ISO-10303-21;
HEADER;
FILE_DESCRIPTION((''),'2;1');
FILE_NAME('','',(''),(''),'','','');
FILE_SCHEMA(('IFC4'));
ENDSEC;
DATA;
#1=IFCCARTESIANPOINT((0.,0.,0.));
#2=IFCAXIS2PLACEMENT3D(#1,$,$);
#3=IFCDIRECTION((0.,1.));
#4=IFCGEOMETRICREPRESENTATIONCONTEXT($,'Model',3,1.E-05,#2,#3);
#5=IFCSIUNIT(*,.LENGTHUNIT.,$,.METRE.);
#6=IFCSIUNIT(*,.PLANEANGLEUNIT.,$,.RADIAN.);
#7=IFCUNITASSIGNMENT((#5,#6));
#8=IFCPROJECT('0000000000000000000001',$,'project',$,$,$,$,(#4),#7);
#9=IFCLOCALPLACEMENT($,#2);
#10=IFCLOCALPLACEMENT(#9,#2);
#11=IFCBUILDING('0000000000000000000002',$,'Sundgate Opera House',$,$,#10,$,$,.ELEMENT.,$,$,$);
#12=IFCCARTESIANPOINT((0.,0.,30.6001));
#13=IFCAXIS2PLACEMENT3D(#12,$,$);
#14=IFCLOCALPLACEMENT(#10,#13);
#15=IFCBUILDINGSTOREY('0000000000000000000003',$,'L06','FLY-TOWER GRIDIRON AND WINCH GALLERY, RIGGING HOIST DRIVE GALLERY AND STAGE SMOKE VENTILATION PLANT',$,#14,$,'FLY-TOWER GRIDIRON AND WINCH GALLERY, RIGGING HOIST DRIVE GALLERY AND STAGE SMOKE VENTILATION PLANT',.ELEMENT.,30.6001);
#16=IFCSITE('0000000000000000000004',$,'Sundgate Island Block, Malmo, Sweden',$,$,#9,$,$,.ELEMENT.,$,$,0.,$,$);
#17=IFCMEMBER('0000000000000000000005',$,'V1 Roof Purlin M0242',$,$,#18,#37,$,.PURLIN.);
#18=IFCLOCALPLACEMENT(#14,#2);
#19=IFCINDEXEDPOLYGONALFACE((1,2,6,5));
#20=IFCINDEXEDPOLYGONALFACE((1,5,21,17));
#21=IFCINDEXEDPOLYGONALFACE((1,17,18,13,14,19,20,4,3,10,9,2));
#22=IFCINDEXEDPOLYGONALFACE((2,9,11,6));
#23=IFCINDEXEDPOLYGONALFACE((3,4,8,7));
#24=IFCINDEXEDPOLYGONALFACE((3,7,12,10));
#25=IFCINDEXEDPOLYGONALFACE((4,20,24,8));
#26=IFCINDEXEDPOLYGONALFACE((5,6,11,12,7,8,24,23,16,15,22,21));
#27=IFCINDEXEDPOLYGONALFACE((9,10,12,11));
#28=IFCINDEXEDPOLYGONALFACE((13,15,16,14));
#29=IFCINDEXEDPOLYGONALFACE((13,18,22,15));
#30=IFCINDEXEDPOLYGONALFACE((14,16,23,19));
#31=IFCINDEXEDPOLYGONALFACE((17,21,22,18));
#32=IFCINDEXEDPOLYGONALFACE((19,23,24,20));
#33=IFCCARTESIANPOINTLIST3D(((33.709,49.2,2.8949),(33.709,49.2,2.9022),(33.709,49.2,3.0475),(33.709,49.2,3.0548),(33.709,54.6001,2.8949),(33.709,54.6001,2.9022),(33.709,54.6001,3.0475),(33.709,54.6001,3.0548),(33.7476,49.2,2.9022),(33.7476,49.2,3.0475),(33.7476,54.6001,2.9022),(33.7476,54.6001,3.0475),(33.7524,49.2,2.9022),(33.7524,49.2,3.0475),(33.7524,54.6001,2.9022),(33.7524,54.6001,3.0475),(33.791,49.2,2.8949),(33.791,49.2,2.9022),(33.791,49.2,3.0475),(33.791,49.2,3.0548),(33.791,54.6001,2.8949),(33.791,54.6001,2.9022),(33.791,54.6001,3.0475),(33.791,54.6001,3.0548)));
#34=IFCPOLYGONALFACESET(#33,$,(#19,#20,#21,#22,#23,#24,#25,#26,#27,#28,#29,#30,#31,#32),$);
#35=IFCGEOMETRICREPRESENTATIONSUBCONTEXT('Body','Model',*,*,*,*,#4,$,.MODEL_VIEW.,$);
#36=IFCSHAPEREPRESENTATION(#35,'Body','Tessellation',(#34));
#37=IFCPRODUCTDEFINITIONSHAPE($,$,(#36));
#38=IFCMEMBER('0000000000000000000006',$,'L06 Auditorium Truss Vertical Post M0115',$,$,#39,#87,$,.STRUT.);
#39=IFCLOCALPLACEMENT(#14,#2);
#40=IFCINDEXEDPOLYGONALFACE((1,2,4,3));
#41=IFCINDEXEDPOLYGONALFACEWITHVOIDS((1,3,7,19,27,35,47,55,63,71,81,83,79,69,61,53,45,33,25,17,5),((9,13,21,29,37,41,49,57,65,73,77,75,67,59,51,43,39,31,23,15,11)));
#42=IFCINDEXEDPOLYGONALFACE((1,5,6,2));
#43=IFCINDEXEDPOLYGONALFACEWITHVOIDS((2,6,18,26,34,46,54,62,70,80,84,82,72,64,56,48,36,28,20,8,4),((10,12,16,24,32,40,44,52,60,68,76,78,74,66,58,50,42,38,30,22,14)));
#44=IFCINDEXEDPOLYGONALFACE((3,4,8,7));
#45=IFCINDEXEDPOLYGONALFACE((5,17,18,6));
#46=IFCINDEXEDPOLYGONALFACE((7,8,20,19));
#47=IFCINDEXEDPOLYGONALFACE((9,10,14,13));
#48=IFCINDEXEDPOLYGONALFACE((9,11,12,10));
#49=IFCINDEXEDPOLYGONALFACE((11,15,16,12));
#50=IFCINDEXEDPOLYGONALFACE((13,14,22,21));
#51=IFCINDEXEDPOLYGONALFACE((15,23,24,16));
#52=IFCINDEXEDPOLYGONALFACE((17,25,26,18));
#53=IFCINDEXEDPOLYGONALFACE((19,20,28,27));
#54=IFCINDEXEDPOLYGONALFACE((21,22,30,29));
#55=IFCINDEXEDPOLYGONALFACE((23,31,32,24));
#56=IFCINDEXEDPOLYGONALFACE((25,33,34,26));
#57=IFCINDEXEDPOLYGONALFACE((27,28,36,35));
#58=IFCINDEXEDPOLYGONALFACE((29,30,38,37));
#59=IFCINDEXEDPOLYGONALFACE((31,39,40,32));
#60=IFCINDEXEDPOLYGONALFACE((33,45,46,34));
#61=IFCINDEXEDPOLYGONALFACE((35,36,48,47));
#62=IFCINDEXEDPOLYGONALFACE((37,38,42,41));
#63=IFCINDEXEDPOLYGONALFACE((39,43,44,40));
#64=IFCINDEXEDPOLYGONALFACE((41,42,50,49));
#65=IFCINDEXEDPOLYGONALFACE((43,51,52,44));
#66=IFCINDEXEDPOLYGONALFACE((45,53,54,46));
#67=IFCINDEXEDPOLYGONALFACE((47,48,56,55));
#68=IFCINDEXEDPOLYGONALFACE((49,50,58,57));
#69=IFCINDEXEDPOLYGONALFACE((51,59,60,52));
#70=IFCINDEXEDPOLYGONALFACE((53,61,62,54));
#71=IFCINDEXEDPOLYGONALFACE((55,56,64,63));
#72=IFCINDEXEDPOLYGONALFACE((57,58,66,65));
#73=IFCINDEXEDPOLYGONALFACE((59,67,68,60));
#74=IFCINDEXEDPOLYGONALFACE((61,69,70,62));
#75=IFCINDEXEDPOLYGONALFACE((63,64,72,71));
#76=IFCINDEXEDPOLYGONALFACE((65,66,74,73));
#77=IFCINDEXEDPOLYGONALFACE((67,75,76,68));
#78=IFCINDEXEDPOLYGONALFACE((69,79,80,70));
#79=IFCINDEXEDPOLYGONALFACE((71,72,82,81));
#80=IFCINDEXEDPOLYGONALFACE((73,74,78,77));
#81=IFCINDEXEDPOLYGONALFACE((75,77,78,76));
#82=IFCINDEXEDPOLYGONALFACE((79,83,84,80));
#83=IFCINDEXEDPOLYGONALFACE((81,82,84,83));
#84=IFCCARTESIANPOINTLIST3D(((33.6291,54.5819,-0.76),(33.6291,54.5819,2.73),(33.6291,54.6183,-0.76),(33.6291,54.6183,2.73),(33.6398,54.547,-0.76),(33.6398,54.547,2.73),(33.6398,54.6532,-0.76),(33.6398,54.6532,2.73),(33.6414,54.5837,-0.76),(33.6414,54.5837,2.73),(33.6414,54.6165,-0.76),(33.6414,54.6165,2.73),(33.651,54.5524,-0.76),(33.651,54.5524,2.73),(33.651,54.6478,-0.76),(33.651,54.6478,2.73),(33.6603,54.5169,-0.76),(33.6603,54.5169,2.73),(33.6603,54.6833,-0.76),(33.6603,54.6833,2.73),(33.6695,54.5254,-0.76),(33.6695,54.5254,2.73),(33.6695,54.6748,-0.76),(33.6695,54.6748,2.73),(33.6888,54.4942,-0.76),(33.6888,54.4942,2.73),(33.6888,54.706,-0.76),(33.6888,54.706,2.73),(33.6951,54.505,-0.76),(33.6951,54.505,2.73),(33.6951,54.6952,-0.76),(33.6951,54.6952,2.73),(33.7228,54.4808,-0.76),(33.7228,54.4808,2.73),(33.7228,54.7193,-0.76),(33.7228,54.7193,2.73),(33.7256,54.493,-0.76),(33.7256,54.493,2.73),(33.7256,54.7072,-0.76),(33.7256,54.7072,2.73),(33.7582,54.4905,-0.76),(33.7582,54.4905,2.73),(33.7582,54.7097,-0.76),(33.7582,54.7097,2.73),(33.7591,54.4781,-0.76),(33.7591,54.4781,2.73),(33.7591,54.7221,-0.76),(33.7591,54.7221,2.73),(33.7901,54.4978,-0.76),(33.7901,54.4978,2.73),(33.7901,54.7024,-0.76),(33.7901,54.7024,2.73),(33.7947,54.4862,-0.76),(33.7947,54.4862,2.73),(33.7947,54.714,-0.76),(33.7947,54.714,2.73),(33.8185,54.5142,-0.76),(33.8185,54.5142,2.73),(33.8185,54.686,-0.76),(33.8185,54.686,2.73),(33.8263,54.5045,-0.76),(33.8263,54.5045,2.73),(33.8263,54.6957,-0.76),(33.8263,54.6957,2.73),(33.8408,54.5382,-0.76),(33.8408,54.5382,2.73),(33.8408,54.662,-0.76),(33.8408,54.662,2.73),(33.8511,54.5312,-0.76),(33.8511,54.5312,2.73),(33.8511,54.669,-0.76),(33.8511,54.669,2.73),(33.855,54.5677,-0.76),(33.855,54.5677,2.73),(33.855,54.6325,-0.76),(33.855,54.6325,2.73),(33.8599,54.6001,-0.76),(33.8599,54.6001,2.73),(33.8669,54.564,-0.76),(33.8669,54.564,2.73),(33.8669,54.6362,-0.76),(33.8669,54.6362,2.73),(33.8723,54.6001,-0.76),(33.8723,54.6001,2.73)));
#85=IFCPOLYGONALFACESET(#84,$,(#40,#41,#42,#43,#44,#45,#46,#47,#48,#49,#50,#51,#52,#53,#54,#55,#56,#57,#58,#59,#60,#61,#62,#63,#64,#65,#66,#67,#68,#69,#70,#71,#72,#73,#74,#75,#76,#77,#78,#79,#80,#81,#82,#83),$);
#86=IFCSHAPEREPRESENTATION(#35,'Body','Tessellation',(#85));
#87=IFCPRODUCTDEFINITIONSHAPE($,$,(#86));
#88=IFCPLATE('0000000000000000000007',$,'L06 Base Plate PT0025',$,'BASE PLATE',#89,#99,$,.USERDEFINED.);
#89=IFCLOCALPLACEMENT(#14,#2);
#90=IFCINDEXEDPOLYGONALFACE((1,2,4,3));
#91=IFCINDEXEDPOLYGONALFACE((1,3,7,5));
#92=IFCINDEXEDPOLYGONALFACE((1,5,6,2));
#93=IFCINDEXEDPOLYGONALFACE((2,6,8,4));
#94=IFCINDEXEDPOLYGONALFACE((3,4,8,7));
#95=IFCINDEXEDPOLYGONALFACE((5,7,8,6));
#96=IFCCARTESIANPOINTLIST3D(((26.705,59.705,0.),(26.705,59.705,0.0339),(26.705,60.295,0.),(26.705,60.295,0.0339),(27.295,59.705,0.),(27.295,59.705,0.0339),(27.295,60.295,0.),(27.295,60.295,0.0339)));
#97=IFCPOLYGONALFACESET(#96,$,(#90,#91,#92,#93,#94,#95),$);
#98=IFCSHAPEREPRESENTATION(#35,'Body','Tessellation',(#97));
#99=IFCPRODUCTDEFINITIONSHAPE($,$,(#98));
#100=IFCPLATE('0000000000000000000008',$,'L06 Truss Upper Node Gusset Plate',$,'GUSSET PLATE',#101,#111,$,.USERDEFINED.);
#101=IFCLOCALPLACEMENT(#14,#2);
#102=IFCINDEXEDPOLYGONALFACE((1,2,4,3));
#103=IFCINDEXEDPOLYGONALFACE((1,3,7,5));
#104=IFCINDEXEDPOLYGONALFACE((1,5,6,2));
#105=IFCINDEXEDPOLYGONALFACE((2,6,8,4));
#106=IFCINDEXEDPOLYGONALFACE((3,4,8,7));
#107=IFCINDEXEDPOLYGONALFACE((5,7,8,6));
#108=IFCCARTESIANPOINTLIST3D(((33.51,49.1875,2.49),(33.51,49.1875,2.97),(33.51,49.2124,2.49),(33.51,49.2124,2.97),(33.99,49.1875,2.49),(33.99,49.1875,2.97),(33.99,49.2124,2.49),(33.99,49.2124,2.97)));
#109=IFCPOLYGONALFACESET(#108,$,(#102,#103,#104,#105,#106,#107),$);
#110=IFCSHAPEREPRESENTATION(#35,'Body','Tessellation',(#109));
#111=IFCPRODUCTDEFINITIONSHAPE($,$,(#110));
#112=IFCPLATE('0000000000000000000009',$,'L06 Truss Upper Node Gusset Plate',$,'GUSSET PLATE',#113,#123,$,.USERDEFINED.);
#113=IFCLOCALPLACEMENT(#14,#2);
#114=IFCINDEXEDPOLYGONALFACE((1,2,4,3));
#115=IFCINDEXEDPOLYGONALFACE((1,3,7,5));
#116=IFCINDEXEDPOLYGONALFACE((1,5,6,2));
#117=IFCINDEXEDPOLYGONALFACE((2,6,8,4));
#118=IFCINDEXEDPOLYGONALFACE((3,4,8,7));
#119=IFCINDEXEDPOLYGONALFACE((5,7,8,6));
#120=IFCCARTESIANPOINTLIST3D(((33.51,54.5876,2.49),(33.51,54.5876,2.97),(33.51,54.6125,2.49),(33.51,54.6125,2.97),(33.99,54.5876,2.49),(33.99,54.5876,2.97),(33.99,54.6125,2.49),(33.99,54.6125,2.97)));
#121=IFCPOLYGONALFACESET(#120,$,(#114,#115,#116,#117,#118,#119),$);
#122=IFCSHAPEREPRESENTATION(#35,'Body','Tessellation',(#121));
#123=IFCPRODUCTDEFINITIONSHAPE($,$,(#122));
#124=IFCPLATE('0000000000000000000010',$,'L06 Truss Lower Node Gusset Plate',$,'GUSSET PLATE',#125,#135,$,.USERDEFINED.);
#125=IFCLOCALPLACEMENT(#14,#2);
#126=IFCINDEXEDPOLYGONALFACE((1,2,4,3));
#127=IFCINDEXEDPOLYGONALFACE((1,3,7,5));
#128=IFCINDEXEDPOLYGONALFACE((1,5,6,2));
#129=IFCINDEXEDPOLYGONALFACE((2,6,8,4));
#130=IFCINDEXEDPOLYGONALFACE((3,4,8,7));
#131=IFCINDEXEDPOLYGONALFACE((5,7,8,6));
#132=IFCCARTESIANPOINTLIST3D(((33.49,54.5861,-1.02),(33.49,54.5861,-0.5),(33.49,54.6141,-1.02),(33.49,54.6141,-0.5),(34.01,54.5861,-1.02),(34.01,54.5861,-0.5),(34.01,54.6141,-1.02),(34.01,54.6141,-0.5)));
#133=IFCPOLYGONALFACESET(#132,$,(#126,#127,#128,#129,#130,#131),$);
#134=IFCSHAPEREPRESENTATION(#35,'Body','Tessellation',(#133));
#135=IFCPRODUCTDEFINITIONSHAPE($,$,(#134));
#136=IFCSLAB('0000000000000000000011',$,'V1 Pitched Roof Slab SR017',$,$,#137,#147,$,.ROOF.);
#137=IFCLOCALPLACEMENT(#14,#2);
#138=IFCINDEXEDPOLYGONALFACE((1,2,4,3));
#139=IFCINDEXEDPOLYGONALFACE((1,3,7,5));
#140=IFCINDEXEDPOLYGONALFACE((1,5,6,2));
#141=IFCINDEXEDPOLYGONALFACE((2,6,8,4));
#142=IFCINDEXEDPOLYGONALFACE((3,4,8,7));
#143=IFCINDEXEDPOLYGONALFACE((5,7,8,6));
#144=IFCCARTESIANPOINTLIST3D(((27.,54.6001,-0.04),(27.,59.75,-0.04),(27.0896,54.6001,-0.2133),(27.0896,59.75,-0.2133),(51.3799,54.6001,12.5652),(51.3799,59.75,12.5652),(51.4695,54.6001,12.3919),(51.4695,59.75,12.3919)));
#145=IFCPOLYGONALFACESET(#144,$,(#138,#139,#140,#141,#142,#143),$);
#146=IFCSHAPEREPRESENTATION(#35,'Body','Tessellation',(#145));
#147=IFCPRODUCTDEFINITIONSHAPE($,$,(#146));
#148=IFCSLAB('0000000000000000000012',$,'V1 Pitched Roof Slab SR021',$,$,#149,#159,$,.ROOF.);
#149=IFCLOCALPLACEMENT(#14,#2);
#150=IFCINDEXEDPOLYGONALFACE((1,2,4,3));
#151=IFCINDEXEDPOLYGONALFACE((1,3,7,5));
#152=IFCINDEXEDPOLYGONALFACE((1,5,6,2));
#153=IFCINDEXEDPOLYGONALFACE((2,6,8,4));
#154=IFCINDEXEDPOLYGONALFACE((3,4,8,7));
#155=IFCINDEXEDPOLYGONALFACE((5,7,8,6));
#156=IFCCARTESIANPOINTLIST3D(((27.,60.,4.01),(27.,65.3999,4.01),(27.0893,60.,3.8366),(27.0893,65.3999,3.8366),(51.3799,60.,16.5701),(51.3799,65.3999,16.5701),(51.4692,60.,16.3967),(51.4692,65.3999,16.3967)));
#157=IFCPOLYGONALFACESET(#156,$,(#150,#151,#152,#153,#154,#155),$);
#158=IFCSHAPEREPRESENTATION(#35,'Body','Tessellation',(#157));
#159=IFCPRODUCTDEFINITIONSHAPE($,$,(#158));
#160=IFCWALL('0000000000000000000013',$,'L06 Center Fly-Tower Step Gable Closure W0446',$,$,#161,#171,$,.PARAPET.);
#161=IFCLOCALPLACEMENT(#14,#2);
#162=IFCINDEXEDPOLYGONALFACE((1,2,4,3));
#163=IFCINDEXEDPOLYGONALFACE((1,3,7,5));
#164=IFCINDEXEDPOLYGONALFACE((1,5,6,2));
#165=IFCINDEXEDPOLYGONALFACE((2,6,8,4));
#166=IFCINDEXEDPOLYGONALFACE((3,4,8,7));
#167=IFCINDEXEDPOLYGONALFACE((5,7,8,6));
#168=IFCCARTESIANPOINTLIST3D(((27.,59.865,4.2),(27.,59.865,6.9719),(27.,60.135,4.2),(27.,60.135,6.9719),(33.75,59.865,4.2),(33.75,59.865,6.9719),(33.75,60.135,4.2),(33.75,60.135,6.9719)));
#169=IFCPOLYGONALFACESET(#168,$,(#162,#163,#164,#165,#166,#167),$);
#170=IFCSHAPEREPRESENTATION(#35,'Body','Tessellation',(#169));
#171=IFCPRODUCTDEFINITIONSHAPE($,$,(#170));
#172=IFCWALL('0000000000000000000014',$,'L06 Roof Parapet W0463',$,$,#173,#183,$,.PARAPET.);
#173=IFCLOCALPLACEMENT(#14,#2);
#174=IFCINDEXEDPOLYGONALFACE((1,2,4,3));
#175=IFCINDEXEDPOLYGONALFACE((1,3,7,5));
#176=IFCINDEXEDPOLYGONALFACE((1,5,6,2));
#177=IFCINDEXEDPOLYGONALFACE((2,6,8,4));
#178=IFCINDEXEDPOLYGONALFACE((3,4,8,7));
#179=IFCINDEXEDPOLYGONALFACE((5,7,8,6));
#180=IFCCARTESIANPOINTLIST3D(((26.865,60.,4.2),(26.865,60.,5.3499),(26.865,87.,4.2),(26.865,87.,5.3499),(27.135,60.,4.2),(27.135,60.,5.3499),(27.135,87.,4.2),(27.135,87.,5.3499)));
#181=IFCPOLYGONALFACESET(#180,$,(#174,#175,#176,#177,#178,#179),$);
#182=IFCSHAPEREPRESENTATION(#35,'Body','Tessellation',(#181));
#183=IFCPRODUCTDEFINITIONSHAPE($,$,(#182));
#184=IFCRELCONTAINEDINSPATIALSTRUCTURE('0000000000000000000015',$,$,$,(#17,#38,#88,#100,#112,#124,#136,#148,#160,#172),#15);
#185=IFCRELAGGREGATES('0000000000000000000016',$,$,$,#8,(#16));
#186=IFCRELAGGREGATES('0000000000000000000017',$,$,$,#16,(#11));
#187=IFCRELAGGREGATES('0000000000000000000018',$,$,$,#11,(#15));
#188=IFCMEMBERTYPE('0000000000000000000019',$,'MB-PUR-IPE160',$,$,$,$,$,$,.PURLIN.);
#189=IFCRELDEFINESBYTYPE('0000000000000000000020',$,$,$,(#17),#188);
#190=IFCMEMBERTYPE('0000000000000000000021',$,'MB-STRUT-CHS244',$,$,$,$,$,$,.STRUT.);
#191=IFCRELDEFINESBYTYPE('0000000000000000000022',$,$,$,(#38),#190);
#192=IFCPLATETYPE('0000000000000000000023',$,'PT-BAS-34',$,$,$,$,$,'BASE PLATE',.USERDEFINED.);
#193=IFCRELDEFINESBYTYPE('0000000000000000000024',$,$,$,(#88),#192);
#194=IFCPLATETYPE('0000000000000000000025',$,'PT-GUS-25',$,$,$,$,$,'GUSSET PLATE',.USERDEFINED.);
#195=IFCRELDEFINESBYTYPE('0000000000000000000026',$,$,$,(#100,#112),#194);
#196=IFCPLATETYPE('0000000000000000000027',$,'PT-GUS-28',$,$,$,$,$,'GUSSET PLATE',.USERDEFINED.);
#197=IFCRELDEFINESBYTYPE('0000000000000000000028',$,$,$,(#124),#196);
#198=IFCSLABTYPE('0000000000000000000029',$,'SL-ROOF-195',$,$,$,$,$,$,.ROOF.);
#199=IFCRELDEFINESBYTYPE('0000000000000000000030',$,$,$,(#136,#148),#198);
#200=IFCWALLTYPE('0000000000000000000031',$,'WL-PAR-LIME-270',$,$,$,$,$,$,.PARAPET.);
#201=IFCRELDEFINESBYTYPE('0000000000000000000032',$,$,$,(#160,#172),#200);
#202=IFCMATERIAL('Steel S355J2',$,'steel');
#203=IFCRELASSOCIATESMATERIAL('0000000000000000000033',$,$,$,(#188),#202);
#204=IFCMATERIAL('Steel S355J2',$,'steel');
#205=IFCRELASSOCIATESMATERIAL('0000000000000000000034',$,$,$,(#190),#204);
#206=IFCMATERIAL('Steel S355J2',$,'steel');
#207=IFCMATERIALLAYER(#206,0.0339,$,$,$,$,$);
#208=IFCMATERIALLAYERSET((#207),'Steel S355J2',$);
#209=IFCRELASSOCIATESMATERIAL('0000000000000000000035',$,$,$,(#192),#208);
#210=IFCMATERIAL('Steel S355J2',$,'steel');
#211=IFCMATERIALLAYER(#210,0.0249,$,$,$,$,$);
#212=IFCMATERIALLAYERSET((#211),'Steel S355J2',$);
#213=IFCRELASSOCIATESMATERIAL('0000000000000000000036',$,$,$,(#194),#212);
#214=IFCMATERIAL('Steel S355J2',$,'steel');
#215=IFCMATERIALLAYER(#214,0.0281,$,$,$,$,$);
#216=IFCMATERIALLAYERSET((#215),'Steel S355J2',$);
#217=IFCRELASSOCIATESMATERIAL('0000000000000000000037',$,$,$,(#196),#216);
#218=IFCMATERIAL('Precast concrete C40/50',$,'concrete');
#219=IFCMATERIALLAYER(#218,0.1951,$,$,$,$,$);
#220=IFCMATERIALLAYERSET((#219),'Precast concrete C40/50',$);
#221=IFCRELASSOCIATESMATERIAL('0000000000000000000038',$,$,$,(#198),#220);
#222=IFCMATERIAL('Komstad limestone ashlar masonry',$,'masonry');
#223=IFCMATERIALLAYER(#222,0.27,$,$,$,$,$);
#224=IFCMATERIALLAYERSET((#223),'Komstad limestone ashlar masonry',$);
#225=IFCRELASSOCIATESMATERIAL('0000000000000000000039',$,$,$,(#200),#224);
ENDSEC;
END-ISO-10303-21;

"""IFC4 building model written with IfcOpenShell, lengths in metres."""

from ifc_helpers import new_model, si_unit, direction, frame, frame_2d, origin, origin_2d, place, context, subcontext, project, spatial, polyline, rectangle, hollow_circle, i_section, outline, extrude, material, layer, layer_set, material_profile, profile_set, type_object, element, save


model = new_model("IFC4")

# Units and contexts
model_context = context("Model", 3, precision=1e-05, world=origin(), true_north=direction((0.0, 1.0)))
body_context = subcontext(model_context, "Body", "Model", "MODEL_VIEW")
ifc_project = project(units=[si_unit("LENGTHUNIT", "METRE"), si_unit("PLANEANGLEUNIT", "RADIAN")], contexts=[model_context])

# Site, building, storey
site_placement = place(None, origin())
site = spatial("IfcSite", under=ifc_project, at=site_placement, Name="Sundgate Island Block, Malmo, Sweden", CompositionType="ELEMENT", RefElevation=0.0)
building_placement = place(site_placement, origin())
building = spatial("IfcBuilding", under=site, at=building_placement, Name="Sundgate Opera House", CompositionType="ELEMENT")
storey_placement = place(building_placement, frame((0.0, 0.0, 30.6001)))
storey = spatial("IfcBuildingStorey", under=building, at=storey_placement, Name="L06", Description="FLY-TOWER GRIDIRON AND WINCH GALLERY, RIGGING HOIST DRIVE GALLERY AND STAGE SMOKE VENTILATION PLANT", LongName="FLY-TOWER GRIDIRON AND WINCH GALLERY, RIGGING HOIST DRIVE GALLERY AND STAGE SMOKE VENTILATION PLANT", CompositionType="ELEMENT", Elevation=30.6001)

# Members
ifc_material_1 = material(Name="Steel S355J2", Category="steel")
ifc_material_profile_1 = material_profile(ifc_material_1, i_section(OverallWidth=0.082, OverallDepth=0.1599, WebThickness=0.0049, FlangeThickness=0.0073, at=origin_2d()), Name="IPE 160")
ifc_profile_set_1 = profile_set([ifc_material_profile_1], Name="Steel S355J2")
member_type_1 = type_object("IfcMemberType", Name="MB-PUR-IPE160", PredefinedType="PURLIN", material=ifc_profile_set_1)
member_1_placement = place(storey_placement, frame((33.75, 49.2, 2.9749), z_axis=(0.0, 1.0, 0.0), x_axis=(-1.0, 0.0, 0.0)))
element("IfcMember", 1, at=member_1_placement, inside=storey, type_object=member_type_1, Name="V1 Roof Purlin M0242", PredefinedType="PURLIN", context=body_context, shape_type="SweptSolid", body=[
    extrude(i_section(OverallWidth=0.082, OverallDepth=0.1599, WebThickness=0.0049, FlangeThickness=0.0073, at=origin_2d()), origin(), (0.0, 0.0, 1.0), 5.4001),
])
ifc_material_2 = material(Name="Steel S355J2", Category="steel")
ifc_material_profile_2 = material_profile(ifc_material_2, hollow_circle(Radius=0.1223, WallThickness=0.0125, at=origin_2d()), Name="CHS 244.5x12.5")
ifc_profile_set_2 = profile_set([ifc_material_profile_2], Name="Steel S355J2")
member_type_2 = type_object("IfcMemberType", Name="MB-STRUT-CHS244", PredefinedType="STRUT", material=ifc_profile_set_2)
member_2_placement = place(storey_placement, frame((33.75, 54.6001, -0.76), z_axis=(0.0, 0.0, 1.0), x_axis=(1.0, 0.0, 0.0)))
element("IfcMember", 2, at=member_2_placement, inside=storey, type_object=member_type_2, Name="L06 Auditorium Truss Vertical Post M0115", PredefinedType="STRUT", context=body_context, shape_type="SweptSolid", body=[
    extrude(hollow_circle(Radius=0.1223, WallThickness=0.0125, at=origin_2d()), origin(), (0.0, 0.0, 1.0), 3.49),
])

# Plates
ifc_material_3 = material(Name="Steel S355J2", Category="steel")
ifc_layer_1 = layer(ifc_material_3, 0.0339)
ifc_layer_set_1 = layer_set([ifc_layer_1], Name="Steel S355J2")
plate_type_1 = type_object("IfcPlateType", Name="PT-BAS-34", ElementType="BASE PLATE", PredefinedType="USERDEFINED", material=ifc_layer_set_1)
plate_1_placement = place(storey_placement, frame((27.0, 60.0, 0.0), z_axis=(0.0, 0.0, 1.0), x_axis=(1.0, 0.0, 0.0)))
element("IfcPlate", 3, at=plate_1_placement, inside=storey, type_object=plate_type_1, Name="L06 Base Plate PT0025", ObjectType="BASE PLATE", PredefinedType="USERDEFINED", context=body_context, shape_type="SweptSolid", body=[
    extrude(rectangle(XDim=0.5901, YDim=0.5901, at=origin_2d()), origin(), (0.0, 0.0, 1.0), 0.0339),
])
ifc_material_4 = material(Name="Steel S355J2", Category="steel")
ifc_layer_2 = layer(ifc_material_4, 0.0249)
ifc_layer_set_2 = layer_set([ifc_layer_2], Name="Steel S355J2")
plate_type_2 = type_object("IfcPlateType", Name="PT-GUS-25", ElementType="GUSSET PLATE", PredefinedType="USERDEFINED", material=ifc_layer_set_2)
for number, where, z_axis, x_axis, name in (
    (4, (33.75, 49.2, 2.49), (0.0, 0.0, 1.0), (1.0, 0.0, 0.0), "L06 Truss Upper Node Gusset Plate"),
    (5, (33.75, 54.6001, 2.49), (0.0, 0.0, 1.0), (1.0, 0.0, 0.0), "L06 Truss Upper Node Gusset Plate"),
):
    element("IfcPlate", number, at=place(storey_placement, frame(where, z_axis=z_axis, x_axis=x_axis)), inside=storey, type_object=plate_type_2, Name=name, ObjectType="GUSSET PLATE", PredefinedType="USERDEFINED", context=body_context, shape_type="SweptSolid", body=[
        extrude(rectangle(XDim=0.48, YDim=0.0249, at=origin_2d()), origin(), (0.0, 0.0, 1.0), 0.48),
    ])
ifc_material_5 = material(Name="Steel S355J2", Category="steel")
ifc_layer_3 = layer(ifc_material_5, 0.0281)
ifc_layer_set_3 = layer_set([ifc_layer_3], Name="Steel S355J2")
plate_type_3 = type_object("IfcPlateType", Name="PT-GUS-28", ElementType="GUSSET PLATE", PredefinedType="USERDEFINED", material=ifc_layer_set_3)
plate_2_placement = place(storey_placement, frame((33.75, 54.6001, -1.02), z_axis=(0.0, 0.0, 1.0), x_axis=(1.0, 0.0, 0.0)))
element("IfcPlate", 6, at=plate_2_placement, inside=storey, type_object=plate_type_3, Name="L06 Truss Lower Node Gusset Plate", ObjectType="GUSSET PLATE", PredefinedType="USERDEFINED", context=body_context, shape_type="SweptSolid", body=[
    extrude(rectangle(XDim=0.52, YDim=0.0281, at=origin_2d()), origin(), (0.0, 0.0, 1.0), 0.52),
])

# Slabs
ifc_material_6 = material(Name="Precast concrete C40/50", Category="concrete")
ifc_layer_4 = layer(ifc_material_6, 0.1951)
ifc_layer_set_4 = layer_set([ifc_layer_4], Name="Precast concrete C40/50")
slab_type = type_object("IfcSlabType", Name="SL-ROOF-195", PredefinedType="ROOF", material=ifc_layer_set_4)
slab_1_placement = place(storey_placement, frame((27.0, 54.6001, -0.04), z_axis=(-0.459277, 0.0, 0.888293), x_axis=(0.888293, 0.0, 0.459277)))
element("IfcSlab", 7, at=slab_1_placement, inside=storey, type_object=slab_type, Name="V1 Pitched Roof Slab SR017", PredefinedType="ROOF", context=body_context, shape_type="SweptSolid", body=[
    extrude(outline(polyline([(0.0, 0.0), (27.4458, 0.0), (27.4458, 5.1499), (0.0, 5.1499), (0.0, 0.0)])), origin(), (0.0, 0.0, -1.0), 0.1951),
])
slab_2_placement = place(storey_placement, frame((27.0, 60.0, 4.01), z_axis=(-0.457977, 0.0, 0.888964), x_axis=(0.888964, 0.0, 0.457977)))
element("IfcSlab", 8, at=slab_2_placement, inside=storey, type_object=slab_type, Name="V1 Pitched Roof Slab SR021", PredefinedType="ROOF", context=body_context, shape_type="SweptSolid", body=[
    extrude(outline(polyline([(0.0, 0.0), (27.4251, 0.0), (27.4251, 5.3999), (0.0, 5.3999), (0.0, 0.0)])), origin(), (0.0, 0.0, -1.0), 0.1951),
])

# Walls
ifc_material_7 = material(Name="Komstad limestone ashlar masonry", Category="masonry")
ifc_layer_5 = layer(ifc_material_7, 0.27)
ifc_layer_set_5 = layer_set([ifc_layer_5], Name="Komstad limestone ashlar masonry")
wall_type = type_object("IfcWallType", Name="WL-PAR-LIME-270", PredefinedType="PARAPET", material=ifc_layer_set_5)
wall_1_placement = place(storey_placement, frame((27.0, 60.0, 4.2), z_axis=(0.0, 0.0, 1.0), x_axis=(1.0, 0.0, 0.0)))
element("IfcWall", 9, at=wall_1_placement, inside=storey, type_object=wall_type, Name="L06 Center Fly-Tower Step Gable Closure W0446", PredefinedType="PARAPET", context=body_context, shape_type="SweptSolid", body=[
    extrude(rectangle(XDim=6.75, YDim=0.27, at=frame_2d((3.375, 0.0))), origin(), (0.0, 0.0, 1.0), 2.772),
])
wall_2_placement = place(storey_placement, frame((27.0, 60.0, 4.2), z_axis=(0.0, 0.0, 1.0), x_axis=(0.0, 1.0, 0.0)))
element("IfcWall", 10, at=wall_2_placement, inside=storey, type_object=wall_type, Name="L06 Roof Parapet W0463", PredefinedType="PARAPET", context=body_context, shape_type="SweptSolid", body=[
    extrude(rectangle(XDim=27.0, YDim=0.27, at=frame_2d((13.5, 0.0))), origin(), (0.0, 0.0, 1.0), 1.1499),
])

save(model, "model.ifc")
